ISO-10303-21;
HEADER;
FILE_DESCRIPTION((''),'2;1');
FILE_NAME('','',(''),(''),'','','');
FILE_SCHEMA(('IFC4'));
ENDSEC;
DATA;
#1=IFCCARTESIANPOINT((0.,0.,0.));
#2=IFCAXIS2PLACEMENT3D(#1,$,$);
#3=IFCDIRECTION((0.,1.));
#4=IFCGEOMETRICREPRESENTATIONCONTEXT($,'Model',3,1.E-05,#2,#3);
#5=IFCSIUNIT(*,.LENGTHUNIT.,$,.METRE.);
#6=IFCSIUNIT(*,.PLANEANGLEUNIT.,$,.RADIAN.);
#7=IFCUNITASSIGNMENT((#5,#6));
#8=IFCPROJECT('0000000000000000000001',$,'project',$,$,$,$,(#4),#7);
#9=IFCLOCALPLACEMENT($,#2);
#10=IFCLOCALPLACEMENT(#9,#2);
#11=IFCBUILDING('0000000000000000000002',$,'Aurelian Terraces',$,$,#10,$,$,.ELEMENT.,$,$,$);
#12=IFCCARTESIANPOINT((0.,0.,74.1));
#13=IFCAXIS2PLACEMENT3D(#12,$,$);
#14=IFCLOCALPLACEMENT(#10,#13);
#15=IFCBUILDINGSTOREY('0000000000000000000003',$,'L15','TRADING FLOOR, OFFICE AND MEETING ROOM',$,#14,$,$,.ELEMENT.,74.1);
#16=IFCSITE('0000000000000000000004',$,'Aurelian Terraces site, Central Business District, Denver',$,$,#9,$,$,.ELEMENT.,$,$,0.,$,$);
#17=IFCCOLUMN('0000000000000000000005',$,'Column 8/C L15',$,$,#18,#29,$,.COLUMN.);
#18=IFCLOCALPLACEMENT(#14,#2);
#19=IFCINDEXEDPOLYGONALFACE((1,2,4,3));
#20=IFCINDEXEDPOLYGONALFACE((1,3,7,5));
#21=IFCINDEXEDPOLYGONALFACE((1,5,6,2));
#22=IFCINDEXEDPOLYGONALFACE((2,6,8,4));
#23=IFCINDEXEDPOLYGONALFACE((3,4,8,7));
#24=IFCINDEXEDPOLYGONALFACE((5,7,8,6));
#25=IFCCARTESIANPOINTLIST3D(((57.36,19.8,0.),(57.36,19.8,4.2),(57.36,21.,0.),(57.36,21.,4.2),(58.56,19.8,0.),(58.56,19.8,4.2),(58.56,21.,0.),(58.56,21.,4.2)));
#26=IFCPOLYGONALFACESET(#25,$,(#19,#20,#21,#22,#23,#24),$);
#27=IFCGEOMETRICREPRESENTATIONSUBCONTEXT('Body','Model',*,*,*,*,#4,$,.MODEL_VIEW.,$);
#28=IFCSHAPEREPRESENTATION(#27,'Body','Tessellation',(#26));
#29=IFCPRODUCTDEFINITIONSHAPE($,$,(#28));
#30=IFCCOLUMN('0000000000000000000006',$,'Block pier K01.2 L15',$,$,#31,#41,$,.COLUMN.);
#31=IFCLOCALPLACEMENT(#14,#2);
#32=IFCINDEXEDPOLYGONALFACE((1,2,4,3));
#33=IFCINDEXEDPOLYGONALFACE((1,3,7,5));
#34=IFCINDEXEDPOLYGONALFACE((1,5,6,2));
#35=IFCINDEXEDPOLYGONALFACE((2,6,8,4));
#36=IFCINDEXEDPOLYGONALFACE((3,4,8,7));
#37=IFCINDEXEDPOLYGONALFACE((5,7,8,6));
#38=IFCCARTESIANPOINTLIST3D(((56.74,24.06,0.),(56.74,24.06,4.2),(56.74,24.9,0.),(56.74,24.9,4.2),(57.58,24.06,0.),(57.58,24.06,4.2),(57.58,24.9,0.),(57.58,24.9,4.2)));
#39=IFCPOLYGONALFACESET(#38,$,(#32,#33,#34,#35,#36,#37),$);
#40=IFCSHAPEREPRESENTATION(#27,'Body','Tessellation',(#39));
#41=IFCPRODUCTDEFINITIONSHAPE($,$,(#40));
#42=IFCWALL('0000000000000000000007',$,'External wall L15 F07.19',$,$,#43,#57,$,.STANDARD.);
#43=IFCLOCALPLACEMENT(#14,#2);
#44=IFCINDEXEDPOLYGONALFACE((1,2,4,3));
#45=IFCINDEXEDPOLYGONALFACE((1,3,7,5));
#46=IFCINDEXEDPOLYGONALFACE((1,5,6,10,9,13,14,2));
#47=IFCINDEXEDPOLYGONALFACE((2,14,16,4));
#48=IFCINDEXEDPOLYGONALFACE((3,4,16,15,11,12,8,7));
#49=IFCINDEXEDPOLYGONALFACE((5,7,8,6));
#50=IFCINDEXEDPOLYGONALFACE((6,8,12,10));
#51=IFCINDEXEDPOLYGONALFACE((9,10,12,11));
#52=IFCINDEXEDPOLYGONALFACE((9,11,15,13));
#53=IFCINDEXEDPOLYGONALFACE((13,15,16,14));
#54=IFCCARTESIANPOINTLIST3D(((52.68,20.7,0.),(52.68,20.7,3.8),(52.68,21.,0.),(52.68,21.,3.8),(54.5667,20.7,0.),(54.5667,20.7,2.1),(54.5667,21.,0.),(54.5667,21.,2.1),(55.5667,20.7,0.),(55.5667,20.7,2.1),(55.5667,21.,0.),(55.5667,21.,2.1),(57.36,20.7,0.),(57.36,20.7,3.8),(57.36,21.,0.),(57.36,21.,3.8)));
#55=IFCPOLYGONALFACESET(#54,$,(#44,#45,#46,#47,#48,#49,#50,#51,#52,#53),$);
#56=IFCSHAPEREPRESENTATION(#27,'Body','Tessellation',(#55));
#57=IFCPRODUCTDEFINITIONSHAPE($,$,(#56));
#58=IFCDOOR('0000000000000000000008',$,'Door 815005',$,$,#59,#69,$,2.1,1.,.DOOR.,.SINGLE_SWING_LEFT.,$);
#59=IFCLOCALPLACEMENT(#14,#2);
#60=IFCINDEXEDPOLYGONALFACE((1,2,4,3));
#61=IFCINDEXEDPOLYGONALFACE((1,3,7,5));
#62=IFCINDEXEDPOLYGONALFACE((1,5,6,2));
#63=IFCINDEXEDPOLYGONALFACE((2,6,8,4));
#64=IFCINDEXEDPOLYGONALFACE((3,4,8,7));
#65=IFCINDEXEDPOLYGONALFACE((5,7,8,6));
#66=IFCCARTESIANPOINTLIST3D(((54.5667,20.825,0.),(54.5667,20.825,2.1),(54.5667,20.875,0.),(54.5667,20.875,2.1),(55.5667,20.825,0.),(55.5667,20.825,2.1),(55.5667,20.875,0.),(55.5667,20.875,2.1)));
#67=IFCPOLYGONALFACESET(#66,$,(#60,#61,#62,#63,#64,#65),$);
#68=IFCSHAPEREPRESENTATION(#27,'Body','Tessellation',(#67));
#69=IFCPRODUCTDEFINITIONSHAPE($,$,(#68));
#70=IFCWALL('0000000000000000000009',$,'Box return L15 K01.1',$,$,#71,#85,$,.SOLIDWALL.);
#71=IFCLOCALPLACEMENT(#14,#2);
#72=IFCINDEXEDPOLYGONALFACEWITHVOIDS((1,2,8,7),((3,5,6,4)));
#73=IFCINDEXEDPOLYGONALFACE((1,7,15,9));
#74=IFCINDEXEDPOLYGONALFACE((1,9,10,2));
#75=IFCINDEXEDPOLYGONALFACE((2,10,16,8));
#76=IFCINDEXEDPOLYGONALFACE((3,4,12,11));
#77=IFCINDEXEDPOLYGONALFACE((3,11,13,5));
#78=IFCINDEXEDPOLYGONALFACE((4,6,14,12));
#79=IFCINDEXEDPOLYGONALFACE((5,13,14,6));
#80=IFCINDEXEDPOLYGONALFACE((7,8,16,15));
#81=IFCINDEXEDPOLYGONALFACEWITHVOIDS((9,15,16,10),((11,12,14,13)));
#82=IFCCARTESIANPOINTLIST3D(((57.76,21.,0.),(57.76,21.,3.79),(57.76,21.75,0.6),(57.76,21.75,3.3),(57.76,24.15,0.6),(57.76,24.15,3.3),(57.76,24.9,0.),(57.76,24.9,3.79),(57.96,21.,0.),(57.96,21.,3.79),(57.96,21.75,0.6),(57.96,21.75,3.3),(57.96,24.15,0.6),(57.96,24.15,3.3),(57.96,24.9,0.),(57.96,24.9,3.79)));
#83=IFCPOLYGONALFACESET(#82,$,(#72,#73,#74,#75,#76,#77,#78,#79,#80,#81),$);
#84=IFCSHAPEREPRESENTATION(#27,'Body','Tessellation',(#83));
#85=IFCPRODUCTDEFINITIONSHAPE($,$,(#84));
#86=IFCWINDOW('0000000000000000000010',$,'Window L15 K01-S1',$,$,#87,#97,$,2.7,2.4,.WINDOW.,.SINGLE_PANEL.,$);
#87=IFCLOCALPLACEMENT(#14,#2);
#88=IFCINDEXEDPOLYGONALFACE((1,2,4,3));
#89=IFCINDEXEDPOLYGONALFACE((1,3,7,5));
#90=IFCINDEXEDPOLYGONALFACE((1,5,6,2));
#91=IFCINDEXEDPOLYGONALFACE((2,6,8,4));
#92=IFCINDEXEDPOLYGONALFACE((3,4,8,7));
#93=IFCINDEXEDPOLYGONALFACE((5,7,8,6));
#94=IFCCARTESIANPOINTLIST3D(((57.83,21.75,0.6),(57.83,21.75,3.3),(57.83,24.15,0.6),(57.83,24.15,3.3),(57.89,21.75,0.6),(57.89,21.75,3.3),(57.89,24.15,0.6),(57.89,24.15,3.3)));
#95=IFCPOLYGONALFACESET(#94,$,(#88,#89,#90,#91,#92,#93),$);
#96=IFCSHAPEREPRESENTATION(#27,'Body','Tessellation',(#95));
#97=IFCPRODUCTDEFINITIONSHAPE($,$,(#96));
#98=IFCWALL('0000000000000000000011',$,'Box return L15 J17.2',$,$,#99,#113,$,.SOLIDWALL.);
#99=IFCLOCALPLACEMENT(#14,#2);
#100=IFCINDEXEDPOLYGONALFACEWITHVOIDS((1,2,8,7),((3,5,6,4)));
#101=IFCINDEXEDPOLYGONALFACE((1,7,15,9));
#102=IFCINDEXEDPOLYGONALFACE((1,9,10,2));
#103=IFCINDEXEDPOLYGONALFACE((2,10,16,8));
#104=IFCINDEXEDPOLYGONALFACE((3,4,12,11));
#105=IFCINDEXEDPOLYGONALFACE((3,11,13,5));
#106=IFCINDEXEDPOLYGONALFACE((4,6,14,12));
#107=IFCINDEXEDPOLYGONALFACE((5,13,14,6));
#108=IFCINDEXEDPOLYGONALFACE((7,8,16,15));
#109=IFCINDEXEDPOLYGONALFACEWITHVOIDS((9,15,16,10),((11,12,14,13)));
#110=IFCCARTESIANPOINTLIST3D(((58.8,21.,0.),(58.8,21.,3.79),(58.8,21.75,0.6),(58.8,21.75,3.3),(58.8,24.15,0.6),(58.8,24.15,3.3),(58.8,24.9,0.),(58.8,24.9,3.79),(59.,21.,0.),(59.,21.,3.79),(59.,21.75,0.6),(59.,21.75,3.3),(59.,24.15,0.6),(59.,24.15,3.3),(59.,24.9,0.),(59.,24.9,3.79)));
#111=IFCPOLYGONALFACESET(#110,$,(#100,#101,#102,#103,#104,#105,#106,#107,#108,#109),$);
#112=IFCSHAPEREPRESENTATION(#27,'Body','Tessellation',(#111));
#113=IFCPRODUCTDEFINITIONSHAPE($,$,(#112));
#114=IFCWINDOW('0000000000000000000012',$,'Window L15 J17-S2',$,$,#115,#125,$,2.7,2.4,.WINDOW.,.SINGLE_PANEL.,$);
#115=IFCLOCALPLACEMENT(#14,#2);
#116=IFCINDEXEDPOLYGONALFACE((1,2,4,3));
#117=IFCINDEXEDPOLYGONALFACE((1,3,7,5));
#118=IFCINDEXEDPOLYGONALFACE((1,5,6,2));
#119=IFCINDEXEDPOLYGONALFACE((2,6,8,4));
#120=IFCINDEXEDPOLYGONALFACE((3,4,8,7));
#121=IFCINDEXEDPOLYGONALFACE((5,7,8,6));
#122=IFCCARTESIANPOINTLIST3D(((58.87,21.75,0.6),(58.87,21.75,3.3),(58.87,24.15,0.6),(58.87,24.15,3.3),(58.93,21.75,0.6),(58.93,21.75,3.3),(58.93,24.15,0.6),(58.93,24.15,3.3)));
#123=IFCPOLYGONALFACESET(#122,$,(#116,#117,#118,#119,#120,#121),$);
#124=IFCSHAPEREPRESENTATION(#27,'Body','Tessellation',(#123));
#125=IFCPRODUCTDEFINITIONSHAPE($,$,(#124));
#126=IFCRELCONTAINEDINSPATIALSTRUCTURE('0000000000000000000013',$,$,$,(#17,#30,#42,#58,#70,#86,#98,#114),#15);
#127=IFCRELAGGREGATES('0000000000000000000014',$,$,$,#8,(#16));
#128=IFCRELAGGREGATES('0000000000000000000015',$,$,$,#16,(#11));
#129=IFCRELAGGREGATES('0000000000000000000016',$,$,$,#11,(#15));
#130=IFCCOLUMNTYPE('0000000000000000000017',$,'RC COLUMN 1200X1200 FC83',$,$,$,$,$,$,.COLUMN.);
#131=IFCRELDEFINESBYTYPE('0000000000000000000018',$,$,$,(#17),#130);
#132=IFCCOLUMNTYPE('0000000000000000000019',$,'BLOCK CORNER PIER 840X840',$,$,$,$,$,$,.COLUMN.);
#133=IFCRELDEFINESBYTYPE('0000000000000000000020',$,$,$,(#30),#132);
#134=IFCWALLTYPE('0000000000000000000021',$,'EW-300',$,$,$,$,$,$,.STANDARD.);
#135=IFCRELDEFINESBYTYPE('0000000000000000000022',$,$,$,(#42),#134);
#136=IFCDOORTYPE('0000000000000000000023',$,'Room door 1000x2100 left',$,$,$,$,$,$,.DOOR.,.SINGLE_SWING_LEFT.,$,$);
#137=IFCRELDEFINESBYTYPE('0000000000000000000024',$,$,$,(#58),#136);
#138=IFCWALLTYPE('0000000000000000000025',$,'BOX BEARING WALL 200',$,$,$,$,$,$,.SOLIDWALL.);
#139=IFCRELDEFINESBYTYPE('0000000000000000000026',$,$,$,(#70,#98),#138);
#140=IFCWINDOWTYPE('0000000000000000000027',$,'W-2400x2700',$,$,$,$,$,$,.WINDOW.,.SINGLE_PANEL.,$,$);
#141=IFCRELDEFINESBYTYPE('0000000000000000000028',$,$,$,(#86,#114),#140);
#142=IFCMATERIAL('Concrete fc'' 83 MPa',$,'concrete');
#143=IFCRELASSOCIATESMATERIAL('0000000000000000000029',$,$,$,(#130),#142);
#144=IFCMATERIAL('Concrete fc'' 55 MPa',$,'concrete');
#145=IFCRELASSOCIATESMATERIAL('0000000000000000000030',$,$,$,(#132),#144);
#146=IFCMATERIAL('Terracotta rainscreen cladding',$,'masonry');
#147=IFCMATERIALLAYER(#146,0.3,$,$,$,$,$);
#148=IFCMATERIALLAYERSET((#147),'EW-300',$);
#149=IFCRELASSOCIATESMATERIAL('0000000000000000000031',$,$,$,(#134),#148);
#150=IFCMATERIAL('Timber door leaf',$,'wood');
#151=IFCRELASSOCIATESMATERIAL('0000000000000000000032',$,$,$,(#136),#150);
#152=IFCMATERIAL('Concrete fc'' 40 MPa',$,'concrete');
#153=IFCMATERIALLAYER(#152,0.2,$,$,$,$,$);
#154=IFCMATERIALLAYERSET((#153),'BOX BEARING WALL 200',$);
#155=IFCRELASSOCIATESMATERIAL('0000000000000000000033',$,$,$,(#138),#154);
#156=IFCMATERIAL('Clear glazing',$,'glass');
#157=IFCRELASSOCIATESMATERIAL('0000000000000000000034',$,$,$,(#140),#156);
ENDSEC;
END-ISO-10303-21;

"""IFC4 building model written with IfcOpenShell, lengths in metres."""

from ifc_helpers import new_model, si_unit, direction, frame, frame_2d, origin, origin_2d, place, context, subcontext, project, spatial, rectangle, extrude, source, transform, mapped, material, layer, layer_set, material_profile, profile_set, type_object, element, fill, save


model = new_model("IFC4")

# Units and contexts
model_context = context("Model", 3, precision=1e-05, world=origin(), true_north=direction((0.0, 1.0)))
body_context = subcontext(model_context, "Body", "Model", "MODEL_VIEW")
ifc_project = project(units=[si_unit("LENGTHUNIT", "METRE"), si_unit("PLANEANGLEUNIT", "RADIAN")], contexts=[model_context])

# Site, building, storey
site_placement = place(None, origin())
site = spatial("IfcSite", under=ifc_project, at=site_placement, Name="Aurelian Terraces site, Central Business District, Denver", CompositionType="ELEMENT", RefElevation=0.0)
building_placement = place(site_placement, origin())
building = spatial("IfcBuilding", under=site, at=building_placement, Name="Aurelian Terraces", CompositionType="ELEMENT")
storey_placement = place(building_placement, frame((0.0, 0.0, 74.1)))
storey = spatial("IfcBuildingStorey", under=building, at=storey_placement, Name="L15", Description="TRADING FLOOR, OFFICE AND MEETING ROOM", CompositionType="ELEMENT", Elevation=74.1)

# Columns
ifc_material_1 = material(Name="Concrete fc' 83 MPa", Category="concrete")
ifc_material_profile_1 = material_profile(ifc_material_1, rectangle(XDim=1.2, YDim=1.2, at=origin_2d()))
ifc_profile_set_1 = profile_set([ifc_material_profile_1], Name="Concrete fc' 83 MPa")
column_type_1 = type_object("IfcColumnType", Name="RC COLUMN 1200X1200 FC83", PredefinedType="COLUMN", material=ifc_profile_set_1)
shared_shape_1 = source(origin(), body_context, "Body", "SweptSolid", [
    extrude(rectangle(XDim=1.2, YDim=1.2, at=origin_2d()), origin(), (0.0, 0.0, 1.0), 4.2),
])
column_1_placement = place(storey_placement, frame((57.96, 20.4, 0.0), z_axis=(0.0, 0.0, 1.0), x_axis=(1.0, 0.0, 0.0)))
element("IfcColumn", 1, at=column_1_placement, inside=storey, type_object=column_type_1, Name="Column 8/C L15", PredefinedType="COLUMN", context=body_context, shape_type="MappedRepresentation", body=[
    mapped(shared_shape_1, transform((0.0, 0.0, 0.0), scale=1.0)),
])
ifc_material_2 = material(Name="Concrete fc' 55 MPa", Category="concrete")
ifc_material_profile_2 = material_profile(ifc_material_2, rectangle(XDim=0.84, YDim=0.84, at=origin_2d()))
ifc_profile_set_2 = profile_set([ifc_material_profile_2], Name="Concrete fc' 55 MPa")
column_type_2 = type_object("IfcColumnType", Name="BLOCK CORNER PIER 840X840", PredefinedType="COLUMN", material=ifc_profile_set_2)
shared_shape_2 = source(origin(), body_context, "Body", "SweptSolid", [
    extrude(rectangle(XDim=0.84, YDim=0.84, at=origin_2d()), origin(), (0.0, 0.0, 1.0), 4.2),
])
column_2_placement = place(storey_placement, frame((57.16, 24.48, 0.0), z_axis=(0.0, 0.0, 1.0), x_axis=(1.0, 0.0, 0.0)))
element("IfcColumn", 2, at=column_2_placement, inside=storey, type_object=column_type_2, Name="Block pier K01.2 L15", PredefinedType="COLUMN", context=body_context, shape_type="MappedRepresentation", body=[
    mapped(shared_shape_2, transform((0.0, 0.0, 0.0), scale=1.0)),
])

# Wall, opening, door
ifc_material_3 = material(Name="Terracotta rainscreen cladding", Category="masonry")
ifc_layer_1 = layer(ifc_material_3, 0.3)
ifc_layer_set_1 = layer_set([ifc_layer_1], Name="EW-300")
wall_type_1 = type_object("IfcWallType", Name="EW-300", PredefinedType="STANDARD", material=ifc_layer_set_1)
shared_shape_3 = source(origin(), body_context, "Body", "SweptSolid", [
    extrude(rectangle(XDim=4.68, YDim=0.3, at=frame_2d((2.34, 0.0))), origin(), (0.0, 0.0, 1.0), 3.8),
])
wall_1_placement = place(storey_placement, frame((57.36, 20.85, 0.0), z_axis=(0.0, 0.0, 1.0), x_axis=(-1.0, 0.0, 0.0)))
wall_1 = element("IfcWall", 3, at=wall_1_placement, inside=storey, type_object=wall_type_1, Name="External wall L15 F07.19", PredefinedType="STANDARD", context=body_context, shape_type="MappedRepresentation", body=[
    mapped(shared_shape_3, transform((0.0, 0.0, 0.0), scale=1.0)),
])
shared_shape_4 = source(origin(), body_context, "Body", "SweptSolid", [
    extrude(rectangle(XDim=1.0, YDim=2.1, at=frame_2d((0.5, 1.05))), frame((0.0, 0.16, 0.0), z_axis=(0.0, -1.0, 0.0), x_axis=(1.0, 0.0, 0.0)), (0.0, 0.0, 1.0), 0.32),
])
opening_1_placement = place(wall_1_placement, frame((1.7933, 0.0, 0.0)))
opening_1 = element("IfcOpeningElement", 4, at=opening_1_placement, cuts=wall_1, PredefinedType="OPENING", context=body_context, shape_type="MappedRepresentation", body=[
    mapped(shared_shape_4, transform((0.0, 0.0, 0.0), scale=1.0)),
])
ifc_material_4 = material(Name="Timber door leaf", Category="wood")
door_type = type_object("IfcDoorType", Name="Room door 1000x2100 left", OperationType="SINGLE_SWING_LEFT", PredefinedType="DOOR", material=ifc_material_4)
shared_shape_5 = source(origin(), body_context, "Body", "SweptSolid", [
    extrude(rectangle(XDim=1.0, YDim=2.1, at=frame_2d((0.5, 1.05))), frame((0.0, 0.025, 0.0), z_axis=(0.0, -1.0, 0.0), x_axis=(1.0, 0.0, 0.0)), (0.0, 0.0, 1.0), 0.05),
])
door_placement = place(opening_1_placement, origin())
door = element("IfcDoor", 5, at=door_placement, inside=storey, type_object=door_type, Name="Door 815005", OperationType="SINGLE_SWING_LEFT", OverallHeight=2.1, OverallWidth=1.0, PredefinedType="DOOR", context=body_context, shape_type="MappedRepresentation", body=[
    mapped(shared_shape_5, transform((0.0, 0.0, 0.0), scale=1.0)),
])
fill(opening_1, door)

# Walls, openings, windows
ifc_material_5 = material(Name="Concrete fc' 40 MPa", Category="concrete")
ifc_layer_2 = layer(ifc_material_5, 0.2)
ifc_layer_set_2 = layer_set([ifc_layer_2], Name="BOX BEARING WALL 200")
wall_type_2 = type_object("IfcWallType", Name="BOX BEARING WALL 200", PredefinedType="SOLIDWALL", material=ifc_layer_set_2)
shared_shape_6 = source(origin(), body_context, "Body", "SweptSolid", [
    extrude(rectangle(XDim=3.9, YDim=0.2, at=frame_2d((1.95, 0.0))), origin(), (0.0, 0.0, 1.0), 3.79),
])
wall_2_placement = place(storey_placement, frame((57.86, 21.0, 0.0), z_axis=(0.0, 0.0, 1.0), x_axis=(0.0, 1.0, 0.0)))
wall_2 = element("IfcWall", 6, at=wall_2_placement, inside=storey, type_object=wall_type_2, Name="Box return L15 K01.1", PredefinedType="SOLIDWALL", context=body_context, shape_type="MappedRepresentation", body=[
    mapped(shared_shape_6, transform((0.0, 0.0, 0.0), scale=1.0)),
])
shared_shape_7 = source(origin(), body_context, "Body", "SweptSolid", [
    extrude(rectangle(XDim=2.4, YDim=2.7, at=frame_2d((1.2, 1.35))), frame((0.0, 0.11, 0.0), z_axis=(0.0, -1.0, 0.0), x_axis=(1.0, 0.0, 0.0)), (0.0, 0.0, 1.0), 0.22),
])
opening_2_placement = place(wall_2_placement, frame((0.75, 0.0, 0.6)))
opening_2 = element("IfcOpeningElement", 7, at=opening_2_placement, cuts=wall_2, PredefinedType="OPENING", context=body_context, shape_type="MappedRepresentation", body=[
    mapped(shared_shape_7, transform((0.0, 0.0, 0.0), scale=1.0)),
])
ifc_material_6 = material(Name="Clear glazing", Category="glass")
window_type_1 = type_object("IfcWindowType", Name="W-2400x2700", PartitioningType="SINGLE_PANEL", PredefinedType="WINDOW", material=ifc_material_6)
shared_shape_8 = source(origin(), body_context, "Body", "SweptSolid", [
    extrude(rectangle(XDim=2.4, YDim=2.7, at=frame_2d((1.2, 1.35))), frame((0.0, 0.03, 0.0), z_axis=(0.0, -1.0, 0.0), x_axis=(1.0, 0.0, 0.0)), (0.0, 0.0, 1.0), 0.06),
])
window_1_placement = place(opening_2_placement, origin())
window_1 = element("IfcWindow", 8, at=window_1_placement, inside=storey, type_object=window_type_1, Name="Window L15 K01-S1", OverallHeight=2.7, OverallWidth=2.4, PartitioningType="SINGLE_PANEL", PredefinedType="WINDOW", context=body_context, shape_type="MappedRepresentation", body=[
    mapped(shared_shape_8, transform((0.0, 0.0, 0.0), scale=1.0)),
])
fill(opening_2, window_1)
wall_3_placement = place(storey_placement, frame((58.9, 21.0, 0.0), z_axis=(0.0, 0.0, 1.0), x_axis=(0.0, 1.0, 0.0)))
wall_3 = element("IfcWall", 9, at=wall_3_placement, inside=storey, type_object=wall_type_2, Name="Box return L15 J17.2", PredefinedType="SOLIDWALL", context=body_context, shape_type="MappedRepresentation", body=[
    mapped(shared_shape_6, transform((0.0, 0.0, 0.0), scale=1.0)),
])
opening_3_placement = place(wall_3_placement, frame((0.75, 0.0, 0.6)))
opening_3 = element("IfcOpeningElement", 10, at=opening_3_placement, cuts=wall_3, PredefinedType="OPENING", context=body_context, shape_type="MappedRepresentation", body=[
    mapped(shared_shape_7, transform((0.0, 0.0, 0.0), scale=1.0)),
])
window_2_placement = place(opening_3_placement, origin())
window_2 = element("IfcWindow", 11, at=window_2_placement, inside=storey, type_object=window_type_1, Name="Window L15 J17-S2", OverallHeight=2.7, OverallWidth=2.4, PartitioningType="SINGLE_PANEL", PredefinedType="WINDOW", context=body_context, shape_type="MappedRepresentation", body=[
    mapped(shared_shape_8, transform((0.0, 0.0, 0.0), scale=1.0)),
])
fill(opening_3, window_2)

save(model, "model.ifc")
